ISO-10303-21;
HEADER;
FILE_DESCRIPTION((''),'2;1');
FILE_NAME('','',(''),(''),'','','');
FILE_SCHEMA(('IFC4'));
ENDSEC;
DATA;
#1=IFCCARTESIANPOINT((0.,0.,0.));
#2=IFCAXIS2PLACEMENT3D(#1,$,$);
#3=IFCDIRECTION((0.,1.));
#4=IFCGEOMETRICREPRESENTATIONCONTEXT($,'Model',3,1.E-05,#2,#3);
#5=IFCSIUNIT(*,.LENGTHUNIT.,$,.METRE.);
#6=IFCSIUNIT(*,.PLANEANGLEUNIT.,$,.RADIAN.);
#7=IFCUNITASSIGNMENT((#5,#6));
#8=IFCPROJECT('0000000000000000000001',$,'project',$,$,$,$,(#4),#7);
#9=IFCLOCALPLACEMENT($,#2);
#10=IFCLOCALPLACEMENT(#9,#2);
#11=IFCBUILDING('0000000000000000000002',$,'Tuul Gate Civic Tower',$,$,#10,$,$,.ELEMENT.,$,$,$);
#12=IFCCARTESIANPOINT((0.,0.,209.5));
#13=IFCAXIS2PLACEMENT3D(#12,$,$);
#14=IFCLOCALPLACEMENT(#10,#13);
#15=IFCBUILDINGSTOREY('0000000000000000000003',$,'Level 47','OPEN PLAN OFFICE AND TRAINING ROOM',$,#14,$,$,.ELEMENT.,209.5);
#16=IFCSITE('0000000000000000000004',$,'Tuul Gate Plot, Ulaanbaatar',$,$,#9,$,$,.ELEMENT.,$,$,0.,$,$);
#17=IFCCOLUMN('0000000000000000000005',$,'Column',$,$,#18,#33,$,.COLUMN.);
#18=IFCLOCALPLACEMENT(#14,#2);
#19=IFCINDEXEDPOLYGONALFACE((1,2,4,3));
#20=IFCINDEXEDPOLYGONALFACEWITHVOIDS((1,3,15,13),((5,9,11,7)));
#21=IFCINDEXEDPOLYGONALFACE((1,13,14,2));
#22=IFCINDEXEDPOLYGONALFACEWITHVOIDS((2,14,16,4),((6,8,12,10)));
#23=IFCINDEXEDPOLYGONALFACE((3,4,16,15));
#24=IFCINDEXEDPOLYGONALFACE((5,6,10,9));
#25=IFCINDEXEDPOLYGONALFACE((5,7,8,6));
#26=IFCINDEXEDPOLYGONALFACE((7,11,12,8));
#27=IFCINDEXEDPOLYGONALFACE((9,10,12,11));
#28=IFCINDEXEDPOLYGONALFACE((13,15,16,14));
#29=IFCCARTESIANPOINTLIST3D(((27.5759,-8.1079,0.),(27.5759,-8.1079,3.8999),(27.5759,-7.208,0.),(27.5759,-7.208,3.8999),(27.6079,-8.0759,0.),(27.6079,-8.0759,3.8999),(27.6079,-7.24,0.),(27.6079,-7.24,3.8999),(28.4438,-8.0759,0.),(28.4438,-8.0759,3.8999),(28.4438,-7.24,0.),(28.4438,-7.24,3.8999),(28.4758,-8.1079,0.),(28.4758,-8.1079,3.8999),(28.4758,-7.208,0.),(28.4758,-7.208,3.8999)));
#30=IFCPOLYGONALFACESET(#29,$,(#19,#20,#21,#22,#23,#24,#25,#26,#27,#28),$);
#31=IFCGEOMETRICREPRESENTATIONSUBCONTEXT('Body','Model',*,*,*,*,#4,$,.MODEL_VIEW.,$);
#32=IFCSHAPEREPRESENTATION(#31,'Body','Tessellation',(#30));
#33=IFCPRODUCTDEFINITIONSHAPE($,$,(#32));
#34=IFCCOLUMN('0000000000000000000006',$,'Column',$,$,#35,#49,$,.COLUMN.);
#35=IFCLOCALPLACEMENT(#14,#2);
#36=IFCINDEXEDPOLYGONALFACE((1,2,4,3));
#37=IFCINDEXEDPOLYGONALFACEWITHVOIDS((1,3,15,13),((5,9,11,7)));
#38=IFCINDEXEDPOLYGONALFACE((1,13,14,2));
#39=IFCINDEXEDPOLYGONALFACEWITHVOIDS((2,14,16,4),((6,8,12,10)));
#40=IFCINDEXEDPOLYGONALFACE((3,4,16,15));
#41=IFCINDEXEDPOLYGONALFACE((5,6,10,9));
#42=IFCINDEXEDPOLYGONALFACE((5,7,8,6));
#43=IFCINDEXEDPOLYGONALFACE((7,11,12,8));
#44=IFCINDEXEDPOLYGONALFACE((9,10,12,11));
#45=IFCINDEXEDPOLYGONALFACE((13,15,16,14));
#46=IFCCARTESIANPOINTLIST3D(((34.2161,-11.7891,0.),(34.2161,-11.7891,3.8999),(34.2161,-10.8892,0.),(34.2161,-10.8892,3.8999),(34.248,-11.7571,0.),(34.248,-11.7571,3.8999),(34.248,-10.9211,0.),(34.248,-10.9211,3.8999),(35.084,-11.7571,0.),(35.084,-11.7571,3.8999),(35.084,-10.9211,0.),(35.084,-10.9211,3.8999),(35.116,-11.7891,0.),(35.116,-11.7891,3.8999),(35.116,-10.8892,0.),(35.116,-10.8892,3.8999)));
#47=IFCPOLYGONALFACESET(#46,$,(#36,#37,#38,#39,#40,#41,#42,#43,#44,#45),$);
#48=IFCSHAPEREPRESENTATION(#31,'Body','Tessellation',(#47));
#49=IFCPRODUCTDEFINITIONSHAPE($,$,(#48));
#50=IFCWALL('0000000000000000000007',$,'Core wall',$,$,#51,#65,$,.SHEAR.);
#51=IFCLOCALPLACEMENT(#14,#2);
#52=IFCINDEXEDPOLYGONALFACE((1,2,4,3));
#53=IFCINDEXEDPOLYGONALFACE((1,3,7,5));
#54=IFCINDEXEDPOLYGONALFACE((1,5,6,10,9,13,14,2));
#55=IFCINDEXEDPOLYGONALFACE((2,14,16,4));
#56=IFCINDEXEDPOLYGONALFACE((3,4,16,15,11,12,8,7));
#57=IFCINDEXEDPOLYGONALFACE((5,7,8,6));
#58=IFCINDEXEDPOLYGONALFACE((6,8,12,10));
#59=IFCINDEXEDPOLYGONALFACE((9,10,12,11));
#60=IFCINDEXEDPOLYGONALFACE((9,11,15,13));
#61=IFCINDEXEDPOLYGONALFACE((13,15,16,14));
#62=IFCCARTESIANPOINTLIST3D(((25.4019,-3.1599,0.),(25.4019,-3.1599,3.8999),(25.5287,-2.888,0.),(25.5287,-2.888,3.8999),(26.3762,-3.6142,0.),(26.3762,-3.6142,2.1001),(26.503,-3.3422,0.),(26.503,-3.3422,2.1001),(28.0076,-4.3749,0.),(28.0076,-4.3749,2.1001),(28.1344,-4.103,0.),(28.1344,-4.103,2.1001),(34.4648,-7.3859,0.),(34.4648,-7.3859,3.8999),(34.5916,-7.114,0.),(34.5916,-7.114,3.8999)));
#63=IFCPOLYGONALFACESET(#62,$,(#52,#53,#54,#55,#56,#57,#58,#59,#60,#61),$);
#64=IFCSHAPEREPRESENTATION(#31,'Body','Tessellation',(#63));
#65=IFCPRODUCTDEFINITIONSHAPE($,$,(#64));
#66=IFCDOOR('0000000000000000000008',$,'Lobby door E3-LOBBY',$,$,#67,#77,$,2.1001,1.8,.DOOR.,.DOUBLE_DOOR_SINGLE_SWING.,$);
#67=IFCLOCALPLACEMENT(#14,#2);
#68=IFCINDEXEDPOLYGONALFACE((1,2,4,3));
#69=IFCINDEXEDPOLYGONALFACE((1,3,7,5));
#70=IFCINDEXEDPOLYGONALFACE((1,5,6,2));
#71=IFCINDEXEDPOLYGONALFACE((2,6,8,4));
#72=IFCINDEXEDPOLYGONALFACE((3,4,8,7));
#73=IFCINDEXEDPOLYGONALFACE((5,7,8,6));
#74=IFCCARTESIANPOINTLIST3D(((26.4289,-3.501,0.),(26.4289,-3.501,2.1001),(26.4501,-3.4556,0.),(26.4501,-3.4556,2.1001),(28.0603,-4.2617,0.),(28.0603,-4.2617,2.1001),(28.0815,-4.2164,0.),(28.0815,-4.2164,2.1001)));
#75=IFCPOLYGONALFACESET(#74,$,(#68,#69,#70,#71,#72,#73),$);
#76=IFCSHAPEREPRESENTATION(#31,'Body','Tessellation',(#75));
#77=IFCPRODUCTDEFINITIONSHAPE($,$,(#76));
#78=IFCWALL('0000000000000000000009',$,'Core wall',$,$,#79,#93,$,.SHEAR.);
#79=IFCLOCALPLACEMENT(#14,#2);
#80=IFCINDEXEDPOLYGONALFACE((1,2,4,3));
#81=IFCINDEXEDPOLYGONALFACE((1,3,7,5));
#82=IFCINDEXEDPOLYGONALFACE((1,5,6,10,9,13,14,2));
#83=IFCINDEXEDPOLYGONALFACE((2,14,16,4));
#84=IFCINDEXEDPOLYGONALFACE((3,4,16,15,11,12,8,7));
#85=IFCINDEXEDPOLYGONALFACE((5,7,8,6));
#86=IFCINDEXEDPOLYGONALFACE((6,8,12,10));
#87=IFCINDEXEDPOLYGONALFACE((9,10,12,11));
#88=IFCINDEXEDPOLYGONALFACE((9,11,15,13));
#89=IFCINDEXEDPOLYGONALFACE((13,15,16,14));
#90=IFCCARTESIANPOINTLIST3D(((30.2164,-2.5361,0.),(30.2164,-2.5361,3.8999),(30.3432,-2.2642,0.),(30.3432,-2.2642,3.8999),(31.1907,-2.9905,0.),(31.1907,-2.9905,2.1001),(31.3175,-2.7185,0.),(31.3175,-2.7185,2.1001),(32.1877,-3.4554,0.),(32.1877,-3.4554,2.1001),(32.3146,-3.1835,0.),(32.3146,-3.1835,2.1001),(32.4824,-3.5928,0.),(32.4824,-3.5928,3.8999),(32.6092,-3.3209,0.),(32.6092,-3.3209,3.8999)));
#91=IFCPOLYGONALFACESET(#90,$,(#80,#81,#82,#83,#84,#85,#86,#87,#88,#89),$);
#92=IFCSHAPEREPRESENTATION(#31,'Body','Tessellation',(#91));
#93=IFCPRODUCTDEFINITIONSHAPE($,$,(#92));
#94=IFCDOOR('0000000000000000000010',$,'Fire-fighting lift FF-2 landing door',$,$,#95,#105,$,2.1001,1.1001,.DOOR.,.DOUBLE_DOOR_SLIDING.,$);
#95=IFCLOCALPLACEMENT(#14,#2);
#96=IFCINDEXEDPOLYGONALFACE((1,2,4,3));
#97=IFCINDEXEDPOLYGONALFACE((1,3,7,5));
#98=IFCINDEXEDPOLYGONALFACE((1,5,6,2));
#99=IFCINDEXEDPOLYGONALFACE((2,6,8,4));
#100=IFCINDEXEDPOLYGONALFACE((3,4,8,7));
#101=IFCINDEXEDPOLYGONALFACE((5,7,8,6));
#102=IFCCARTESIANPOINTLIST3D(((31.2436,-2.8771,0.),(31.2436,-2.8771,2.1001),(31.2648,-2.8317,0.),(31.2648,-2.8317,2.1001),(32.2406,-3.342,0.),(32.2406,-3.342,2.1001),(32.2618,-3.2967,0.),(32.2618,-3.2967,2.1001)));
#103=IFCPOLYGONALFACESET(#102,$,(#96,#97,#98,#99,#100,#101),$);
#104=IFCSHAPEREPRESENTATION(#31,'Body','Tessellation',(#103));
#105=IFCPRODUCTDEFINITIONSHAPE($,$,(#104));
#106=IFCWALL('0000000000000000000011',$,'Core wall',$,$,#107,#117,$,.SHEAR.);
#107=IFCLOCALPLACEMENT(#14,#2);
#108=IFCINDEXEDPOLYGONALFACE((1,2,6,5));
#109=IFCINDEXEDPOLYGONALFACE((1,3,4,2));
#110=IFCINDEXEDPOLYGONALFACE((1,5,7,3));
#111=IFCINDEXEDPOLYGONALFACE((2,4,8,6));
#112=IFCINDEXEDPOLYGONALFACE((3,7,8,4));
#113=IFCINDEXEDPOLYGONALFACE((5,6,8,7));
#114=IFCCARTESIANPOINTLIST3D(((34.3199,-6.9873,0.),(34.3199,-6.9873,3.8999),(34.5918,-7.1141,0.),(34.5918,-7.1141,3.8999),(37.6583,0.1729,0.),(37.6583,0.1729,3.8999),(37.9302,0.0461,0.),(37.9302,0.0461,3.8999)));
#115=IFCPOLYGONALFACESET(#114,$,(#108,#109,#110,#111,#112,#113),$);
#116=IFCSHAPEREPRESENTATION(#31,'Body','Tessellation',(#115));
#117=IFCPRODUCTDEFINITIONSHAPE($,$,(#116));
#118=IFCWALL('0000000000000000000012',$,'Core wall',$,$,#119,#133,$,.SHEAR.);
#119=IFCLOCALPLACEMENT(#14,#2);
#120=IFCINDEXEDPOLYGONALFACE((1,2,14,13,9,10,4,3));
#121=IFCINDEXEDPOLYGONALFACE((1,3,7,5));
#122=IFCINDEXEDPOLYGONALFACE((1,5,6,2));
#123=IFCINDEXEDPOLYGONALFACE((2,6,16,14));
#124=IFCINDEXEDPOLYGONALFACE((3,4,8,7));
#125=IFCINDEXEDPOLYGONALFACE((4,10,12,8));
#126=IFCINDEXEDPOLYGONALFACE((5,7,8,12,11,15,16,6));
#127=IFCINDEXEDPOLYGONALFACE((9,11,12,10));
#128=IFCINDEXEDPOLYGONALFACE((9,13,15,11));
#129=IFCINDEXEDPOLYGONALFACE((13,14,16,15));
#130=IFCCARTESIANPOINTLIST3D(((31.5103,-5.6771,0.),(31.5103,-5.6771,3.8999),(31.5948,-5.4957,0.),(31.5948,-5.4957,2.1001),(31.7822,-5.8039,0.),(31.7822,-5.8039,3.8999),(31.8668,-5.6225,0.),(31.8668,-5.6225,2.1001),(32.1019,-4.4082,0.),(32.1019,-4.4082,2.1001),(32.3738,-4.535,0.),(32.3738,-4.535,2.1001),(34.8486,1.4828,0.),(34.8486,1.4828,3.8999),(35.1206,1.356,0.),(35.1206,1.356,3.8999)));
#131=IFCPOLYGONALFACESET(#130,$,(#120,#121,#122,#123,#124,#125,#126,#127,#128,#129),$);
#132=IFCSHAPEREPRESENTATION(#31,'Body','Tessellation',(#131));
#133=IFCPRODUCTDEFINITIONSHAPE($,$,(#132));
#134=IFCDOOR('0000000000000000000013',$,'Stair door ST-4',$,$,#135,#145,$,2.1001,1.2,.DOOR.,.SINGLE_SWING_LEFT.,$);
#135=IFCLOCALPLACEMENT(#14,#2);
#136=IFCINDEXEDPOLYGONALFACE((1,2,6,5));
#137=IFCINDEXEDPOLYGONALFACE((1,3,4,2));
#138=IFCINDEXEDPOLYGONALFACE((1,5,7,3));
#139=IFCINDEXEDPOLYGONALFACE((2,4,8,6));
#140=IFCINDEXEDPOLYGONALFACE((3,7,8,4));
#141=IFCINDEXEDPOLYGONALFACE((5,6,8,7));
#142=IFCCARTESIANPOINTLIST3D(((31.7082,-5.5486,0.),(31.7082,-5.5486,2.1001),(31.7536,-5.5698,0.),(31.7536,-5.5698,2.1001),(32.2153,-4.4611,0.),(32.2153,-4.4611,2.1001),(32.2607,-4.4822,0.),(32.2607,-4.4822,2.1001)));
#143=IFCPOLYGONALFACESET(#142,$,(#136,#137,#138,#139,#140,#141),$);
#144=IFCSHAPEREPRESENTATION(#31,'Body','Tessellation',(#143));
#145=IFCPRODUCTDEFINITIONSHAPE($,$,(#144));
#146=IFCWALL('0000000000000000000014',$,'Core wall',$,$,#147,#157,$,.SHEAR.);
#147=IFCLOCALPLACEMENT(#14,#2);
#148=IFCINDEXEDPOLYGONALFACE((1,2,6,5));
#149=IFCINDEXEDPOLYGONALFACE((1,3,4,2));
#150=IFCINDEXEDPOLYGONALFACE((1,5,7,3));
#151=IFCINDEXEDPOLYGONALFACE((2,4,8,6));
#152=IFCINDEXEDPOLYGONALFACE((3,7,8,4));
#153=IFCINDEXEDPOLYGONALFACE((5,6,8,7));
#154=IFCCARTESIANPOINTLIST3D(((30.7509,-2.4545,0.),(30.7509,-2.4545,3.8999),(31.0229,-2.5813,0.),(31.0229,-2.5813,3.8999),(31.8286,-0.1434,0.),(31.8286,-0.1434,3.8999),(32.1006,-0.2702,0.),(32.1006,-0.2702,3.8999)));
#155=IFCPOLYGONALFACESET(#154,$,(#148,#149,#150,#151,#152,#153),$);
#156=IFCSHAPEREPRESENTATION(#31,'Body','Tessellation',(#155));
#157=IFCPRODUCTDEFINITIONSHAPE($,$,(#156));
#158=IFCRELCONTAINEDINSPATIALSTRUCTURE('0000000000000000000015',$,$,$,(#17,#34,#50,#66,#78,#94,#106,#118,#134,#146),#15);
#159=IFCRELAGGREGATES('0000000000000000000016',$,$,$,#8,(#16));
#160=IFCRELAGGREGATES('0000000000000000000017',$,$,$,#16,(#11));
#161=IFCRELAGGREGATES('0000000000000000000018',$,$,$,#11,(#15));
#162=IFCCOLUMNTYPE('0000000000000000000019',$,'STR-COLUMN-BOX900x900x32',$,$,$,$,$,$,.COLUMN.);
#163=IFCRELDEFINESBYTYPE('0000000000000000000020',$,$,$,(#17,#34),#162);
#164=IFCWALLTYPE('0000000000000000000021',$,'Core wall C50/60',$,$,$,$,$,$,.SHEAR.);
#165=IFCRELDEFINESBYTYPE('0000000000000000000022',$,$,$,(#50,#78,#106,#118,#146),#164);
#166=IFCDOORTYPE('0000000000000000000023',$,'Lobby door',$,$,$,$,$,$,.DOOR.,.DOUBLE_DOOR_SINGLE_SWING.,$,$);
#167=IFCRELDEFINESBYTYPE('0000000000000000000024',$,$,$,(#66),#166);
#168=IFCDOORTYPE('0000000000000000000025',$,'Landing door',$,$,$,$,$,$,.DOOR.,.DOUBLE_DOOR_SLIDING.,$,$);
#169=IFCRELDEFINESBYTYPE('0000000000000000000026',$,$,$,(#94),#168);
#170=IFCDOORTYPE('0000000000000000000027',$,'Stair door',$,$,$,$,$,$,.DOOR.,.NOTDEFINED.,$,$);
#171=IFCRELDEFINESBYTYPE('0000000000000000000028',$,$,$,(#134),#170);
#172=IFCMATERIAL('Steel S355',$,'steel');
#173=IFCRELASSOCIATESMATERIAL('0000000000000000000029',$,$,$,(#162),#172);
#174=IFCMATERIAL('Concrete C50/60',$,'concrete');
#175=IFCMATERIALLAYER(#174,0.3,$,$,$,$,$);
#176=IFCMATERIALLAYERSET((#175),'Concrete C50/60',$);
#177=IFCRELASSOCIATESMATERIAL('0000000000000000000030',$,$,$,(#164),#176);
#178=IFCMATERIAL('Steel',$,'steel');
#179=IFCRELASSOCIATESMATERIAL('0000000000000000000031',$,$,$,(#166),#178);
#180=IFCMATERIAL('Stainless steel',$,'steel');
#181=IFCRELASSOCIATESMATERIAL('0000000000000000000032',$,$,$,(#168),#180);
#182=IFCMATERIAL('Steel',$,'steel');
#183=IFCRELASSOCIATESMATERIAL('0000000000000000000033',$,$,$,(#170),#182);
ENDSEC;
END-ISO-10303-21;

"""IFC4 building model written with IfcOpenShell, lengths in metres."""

from ifc_helpers import new_model, si_unit, direction, frame, frame_2d, origin, origin_2d, place, context, subcontext, project, spatial, rectangle, hollow_rectangle, extrude, material, layer, layer_set, material_profile, profile_set, type_object, element, fill, save


model = new_model("IFC4")

# Units and contexts
model_context = context("Model", 3, precision=1e-05, world=origin(), true_north=direction((0.0, 1.0)))
body_context = subcontext(model_context, "Body", "Model", "MODEL_VIEW")
ifc_project = project(units=[si_unit("LENGTHUNIT", "METRE"), si_unit("PLANEANGLEUNIT", "RADIAN")], contexts=[model_context])

# Site, building, storey
site_placement = place(None, origin())
site = spatial("IfcSite", under=ifc_project, at=site_placement, Name="Tuul Gate Plot, Ulaanbaatar", CompositionType="ELEMENT", RefElevation=0.0)
building_placement = place(site_placement, origin())
building = spatial("IfcBuilding", under=site, at=building_placement, Name="Tuul Gate Civic Tower", CompositionType="ELEMENT")
storey_placement = place(building_placement, frame((0.0, 0.0, 209.5)))
storey = spatial("IfcBuildingStorey", under=building, at=storey_placement, Name="Level 47", Description="OPEN PLAN OFFICE AND TRAINING ROOM", CompositionType="ELEMENT", Elevation=209.5)

# Columns
ifc_material_1 = material(Name="Steel S355", Category="steel")
ifc_material_profile = material_profile(ifc_material_1, hollow_rectangle(XDim=0.8999, YDim=0.8999, WallThickness=0.032, at=origin_2d()), Name="BOX900x900x32")
ifc_profile_set = profile_set([ifc_material_profile], Name="Steel S355")
column_type = type_object("IfcColumnType", Name="STR-COLUMN-BOX900x900x32", PredefinedType="COLUMN", material=ifc_profile_set)
for number, where, z_axis, x_axis, name in (
    (1, (28.0259, -7.658, 0.0), (0.0, 0.0, 1.0), (1.0, 0.0, 0.0), "Column"),
    (2, (34.666, -11.3391, 0.0), (0.0, 0.0, 1.0), (1.0, 0.0, 0.0), "Column"),
):
    element("IfcColumn", number, at=place(storey_placement, frame(where, z_axis=z_axis, x_axis=x_axis)), inside=storey, type_object=column_type, Name=name, PredefinedType="COLUMN", context=body_context, shape_type="SweptSolid", body=[
        extrude(hollow_rectangle(XDim=0.8999, YDim=0.8999, WallThickness=0.032, at=origin_2d()), origin(), (0.0, 0.0, 1.0), 3.8999),
    ])

# Walls, openings, doors
ifc_material_2 = material(Name="Concrete C50/60", Category="concrete")
ifc_layer_1 = layer(ifc_material_2, 0.3)
ifc_layer_set_1 = layer_set([ifc_layer_1], Name="Concrete C50/60")
wall_type_1 = type_object("IfcWallType", Name="Core wall C50/60", PredefinedType="SHEAR", material=ifc_layer_set_1)
wall_1_placement = place(storey_placement, frame((34.5283, -7.25, 0.0), z_axis=(0.0, 0.0, 1.0), x_axis=(-0.90631, 0.422613, 0.0)))
wall_1 = element("IfcWall", 3, at=wall_1_placement, inside=storey, type_object=wall_type_1, Name="Core wall", PredefinedType="SHEAR", context=body_context, shape_type="SweptSolid", body=[
    extrude(rectangle(XDim=9.9998, YDim=0.3, at=frame_2d((5.0, 0.0))), origin(), (0.0, 0.0, 1.0), 3.8999),
])
opening_1_placement = place(wall_1_placement, frame((7.125, 0.0, 0.0)))
opening_1 = element("IfcOpeningElement", 4, at=opening_1_placement, cuts=wall_1, PredefinedType="OPENING", context=body_context, shape_type="SweptSolid", body=[
    extrude(rectangle(XDim=1.8, YDim=2.1001, at=frame_2d((0.8999, 1.05))), frame((0.0, 0.1602, 0.0), z_axis=(0.0, -1.0, 0.0), x_axis=(1.0, 0.0, 0.0)), (0.0, 0.0, 1.0), 0.3201),
])
ifc_material_3 = material(Name="Steel", Category="steel")
door_type_1 = type_object("IfcDoorType", Name="Lobby door", OperationType="DOUBLE_DOOR_SINGLE_SWING", PredefinedType="DOOR", material=ifc_material_3)
door_1_placement = place(opening_1_placement, frame((1.8, 0.0, 0.0), z_axis=(0.0, 0.0, 1.0), x_axis=(-1.0, 0.0, 0.0)))
door_1 = element("IfcDoor", 5, at=door_1_placement, inside=storey, type_object=door_type_1, Name="Lobby door E3-LOBBY", OperationType="DOUBLE_DOOR_SINGLE_SWING", OverallHeight=2.1001, OverallWidth=1.8, PredefinedType="DOOR", context=body_context, shape_type="SweptSolid", body=[
    extrude(rectangle(XDim=1.8, YDim=2.1001, at=frame_2d((0.9001, 1.05))), frame((0.0, 0.0249, 0.0), z_axis=(0.0, -1.0, 0.0), x_axis=(1.0, 0.0, 0.0)), (0.0, 0.0, 1.0), 0.05),
])
fill(opening_1, door_1)
wall_2_placement = place(storey_placement, frame((32.5457, -3.4568, 0.0), z_axis=(0.0, 0.0, 1.0), x_axis=(-0.9063, 0.422634, 0.0)))
wall_2 = element("IfcWall", 6, at=wall_2_placement, inside=storey, type_object=wall_type_1, Name="Core wall", PredefinedType="SHEAR", context=body_context, shape_type="SweptSolid", body=[
    extrude(rectangle(XDim=2.5002, YDim=0.3, at=frame_2d((1.25, 0.0))), origin(), (0.0, 0.0, 1.0), 3.8999),
])
opening_2_placement = place(wall_2_placement, frame((0.325, 0.0, 0.0)))
opening_2 = element("IfcOpeningElement", 7, at=opening_2_placement, cuts=wall_2, PredefinedType="OPENING", context=body_context, shape_type="SweptSolid", body=[
    extrude(rectangle(XDim=1.1001, YDim=2.1001, at=frame_2d((0.55, 1.05))), frame((0.0, 0.1602, 0.0), z_axis=(0.0, -1.0, 0.0), x_axis=(1.0, 0.0, 0.0)), (0.0, 0.0, 1.0), 0.3201),
])
ifc_material_4 = material(Name="Stainless steel", Category="steel")
door_type_2 = type_object("IfcDoorType", Name="Landing door", OperationType="DOUBLE_DOOR_SLIDING", PredefinedType="DOOR", material=ifc_material_4)
door_2_placement = place(opening_2_placement, origin())
door_2 = element("IfcDoor", 8, at=door_2_placement, inside=storey, type_object=door_type_2, Name="Fire-fighting lift FF-2 landing door", OperationType="DOUBLE_DOOR_SLIDING", OverallHeight=2.1001, OverallWidth=1.1001, PredefinedType="DOOR", context=body_context, shape_type="SweptSolid", body=[
    extrude(rectangle(XDim=1.1001, YDim=2.1001, at=frame_2d((0.55, 1.05))), frame((0.0, 0.0249, 0.0), z_axis=(0.0, -1.0, 0.0), x_axis=(1.0, 0.0, 0.0)), (0.0, 0.0, 1.0), 0.05),
])
fill(opening_2, door_2)

# Wall
wall_3_placement = place(storey_placement, frame((34.4558, -7.0508, 0.0), z_axis=(0.0, 0.0, 1.0), x_axis=(0.422571, 0.90633, 0.0)))
element("IfcWall", 9, at=wall_3_placement, inside=storey, type_object=wall_type_1, Name="Core wall", PredefinedType="SHEAR", context=body_context, shape_type="SweptSolid", body=[
    extrude(rectangle(XDim=7.9001, YDim=0.3, at=frame_2d((3.9502, 0.0))), origin(), (0.0, 0.0, 1.0), 3.8999),
])

# Wall, opening, door
wall_4_placement = place(storey_placement, frame((31.6462, -5.7405, 0.0), z_axis=(0.0, 0.0, 1.0), x_axis=(0.422583, 0.906324, 0.0)))
wall_4 = element("IfcWall", 10, at=wall_4_placement, inside=storey, type_object=wall_type_1, Name="Core wall", PredefinedType="SHEAR", context=body_context, shape_type="SweptSolid", body=[
    extrude(rectangle(XDim=7.8999, YDim=0.3, at=frame_2d((3.95, 0.0))), origin(), (0.0, 0.0, 1.0), 3.8999),
])
opening_3_placement = place(wall_4_placement, frame((0.2, 0.0, 0.0)))
opening_3 = element("IfcOpeningElement", 11, at=opening_3_placement, cuts=wall_4, PredefinedType="OPENING", context=body_context, shape_type="SweptSolid", body=[
    extrude(rectangle(XDim=1.2, YDim=2.1001, at=frame_2d((0.6001, 1.05))), frame((0.0, 0.1602, 0.0), z_axis=(0.0, -1.0, 0.0), x_axis=(1.0, 0.0, 0.0)), (0.0, 0.0, 1.0), 0.3201),
])
ifc_material_5 = material(Name="Steel", Category="steel")
door_type_3 = type_object("IfcDoorType", Name="Stair door", OperationType="NOTDEFINED", PredefinedType="DOOR", material=ifc_material_5)
door_3_placement = place(opening_3_placement, origin())
door_3 = element("IfcDoor", 12, at=door_3_placement, inside=storey, type_object=door_type_3, Name="Stair door ST-4", OperationType="SINGLE_SWING_LEFT", OverallHeight=2.1001, OverallWidth=1.2, PredefinedType="DOOR", context=body_context, shape_type="SweptSolid", body=[
    extrude(rectangle(XDim=1.2, YDim=2.1001, at=frame_2d((0.6001, 1.05))), frame((0.0, 0.0249, 0.0), z_axis=(0.0, -1.0, 0.0), x_axis=(1.0, 0.0, 0.0)), (0.0, 0.0, 1.0), 0.05),
])
fill(opening_3, door_3)

# Wall
wall_5_placement = place(storey_placement, frame((30.887, -2.5178, 0.0), z_axis=(0.0, 0.0, 1.0), x_axis=(0.422613, 0.90631, 0.0)))
element("IfcWall", 13, at=wall_5_placement, inside=storey, type_object=wall_type_1, Name="Core wall", PredefinedType="SHEAR", context=body_context, shape_type="SweptSolid", body=[
    extrude(rectangle(XDim=2.55, YDim=0.3, at=frame_2d((1.2749, 0.0))), origin(), (0.0, 0.0, 1.0), 3.8999),
])

save(model, "model.ifc")
